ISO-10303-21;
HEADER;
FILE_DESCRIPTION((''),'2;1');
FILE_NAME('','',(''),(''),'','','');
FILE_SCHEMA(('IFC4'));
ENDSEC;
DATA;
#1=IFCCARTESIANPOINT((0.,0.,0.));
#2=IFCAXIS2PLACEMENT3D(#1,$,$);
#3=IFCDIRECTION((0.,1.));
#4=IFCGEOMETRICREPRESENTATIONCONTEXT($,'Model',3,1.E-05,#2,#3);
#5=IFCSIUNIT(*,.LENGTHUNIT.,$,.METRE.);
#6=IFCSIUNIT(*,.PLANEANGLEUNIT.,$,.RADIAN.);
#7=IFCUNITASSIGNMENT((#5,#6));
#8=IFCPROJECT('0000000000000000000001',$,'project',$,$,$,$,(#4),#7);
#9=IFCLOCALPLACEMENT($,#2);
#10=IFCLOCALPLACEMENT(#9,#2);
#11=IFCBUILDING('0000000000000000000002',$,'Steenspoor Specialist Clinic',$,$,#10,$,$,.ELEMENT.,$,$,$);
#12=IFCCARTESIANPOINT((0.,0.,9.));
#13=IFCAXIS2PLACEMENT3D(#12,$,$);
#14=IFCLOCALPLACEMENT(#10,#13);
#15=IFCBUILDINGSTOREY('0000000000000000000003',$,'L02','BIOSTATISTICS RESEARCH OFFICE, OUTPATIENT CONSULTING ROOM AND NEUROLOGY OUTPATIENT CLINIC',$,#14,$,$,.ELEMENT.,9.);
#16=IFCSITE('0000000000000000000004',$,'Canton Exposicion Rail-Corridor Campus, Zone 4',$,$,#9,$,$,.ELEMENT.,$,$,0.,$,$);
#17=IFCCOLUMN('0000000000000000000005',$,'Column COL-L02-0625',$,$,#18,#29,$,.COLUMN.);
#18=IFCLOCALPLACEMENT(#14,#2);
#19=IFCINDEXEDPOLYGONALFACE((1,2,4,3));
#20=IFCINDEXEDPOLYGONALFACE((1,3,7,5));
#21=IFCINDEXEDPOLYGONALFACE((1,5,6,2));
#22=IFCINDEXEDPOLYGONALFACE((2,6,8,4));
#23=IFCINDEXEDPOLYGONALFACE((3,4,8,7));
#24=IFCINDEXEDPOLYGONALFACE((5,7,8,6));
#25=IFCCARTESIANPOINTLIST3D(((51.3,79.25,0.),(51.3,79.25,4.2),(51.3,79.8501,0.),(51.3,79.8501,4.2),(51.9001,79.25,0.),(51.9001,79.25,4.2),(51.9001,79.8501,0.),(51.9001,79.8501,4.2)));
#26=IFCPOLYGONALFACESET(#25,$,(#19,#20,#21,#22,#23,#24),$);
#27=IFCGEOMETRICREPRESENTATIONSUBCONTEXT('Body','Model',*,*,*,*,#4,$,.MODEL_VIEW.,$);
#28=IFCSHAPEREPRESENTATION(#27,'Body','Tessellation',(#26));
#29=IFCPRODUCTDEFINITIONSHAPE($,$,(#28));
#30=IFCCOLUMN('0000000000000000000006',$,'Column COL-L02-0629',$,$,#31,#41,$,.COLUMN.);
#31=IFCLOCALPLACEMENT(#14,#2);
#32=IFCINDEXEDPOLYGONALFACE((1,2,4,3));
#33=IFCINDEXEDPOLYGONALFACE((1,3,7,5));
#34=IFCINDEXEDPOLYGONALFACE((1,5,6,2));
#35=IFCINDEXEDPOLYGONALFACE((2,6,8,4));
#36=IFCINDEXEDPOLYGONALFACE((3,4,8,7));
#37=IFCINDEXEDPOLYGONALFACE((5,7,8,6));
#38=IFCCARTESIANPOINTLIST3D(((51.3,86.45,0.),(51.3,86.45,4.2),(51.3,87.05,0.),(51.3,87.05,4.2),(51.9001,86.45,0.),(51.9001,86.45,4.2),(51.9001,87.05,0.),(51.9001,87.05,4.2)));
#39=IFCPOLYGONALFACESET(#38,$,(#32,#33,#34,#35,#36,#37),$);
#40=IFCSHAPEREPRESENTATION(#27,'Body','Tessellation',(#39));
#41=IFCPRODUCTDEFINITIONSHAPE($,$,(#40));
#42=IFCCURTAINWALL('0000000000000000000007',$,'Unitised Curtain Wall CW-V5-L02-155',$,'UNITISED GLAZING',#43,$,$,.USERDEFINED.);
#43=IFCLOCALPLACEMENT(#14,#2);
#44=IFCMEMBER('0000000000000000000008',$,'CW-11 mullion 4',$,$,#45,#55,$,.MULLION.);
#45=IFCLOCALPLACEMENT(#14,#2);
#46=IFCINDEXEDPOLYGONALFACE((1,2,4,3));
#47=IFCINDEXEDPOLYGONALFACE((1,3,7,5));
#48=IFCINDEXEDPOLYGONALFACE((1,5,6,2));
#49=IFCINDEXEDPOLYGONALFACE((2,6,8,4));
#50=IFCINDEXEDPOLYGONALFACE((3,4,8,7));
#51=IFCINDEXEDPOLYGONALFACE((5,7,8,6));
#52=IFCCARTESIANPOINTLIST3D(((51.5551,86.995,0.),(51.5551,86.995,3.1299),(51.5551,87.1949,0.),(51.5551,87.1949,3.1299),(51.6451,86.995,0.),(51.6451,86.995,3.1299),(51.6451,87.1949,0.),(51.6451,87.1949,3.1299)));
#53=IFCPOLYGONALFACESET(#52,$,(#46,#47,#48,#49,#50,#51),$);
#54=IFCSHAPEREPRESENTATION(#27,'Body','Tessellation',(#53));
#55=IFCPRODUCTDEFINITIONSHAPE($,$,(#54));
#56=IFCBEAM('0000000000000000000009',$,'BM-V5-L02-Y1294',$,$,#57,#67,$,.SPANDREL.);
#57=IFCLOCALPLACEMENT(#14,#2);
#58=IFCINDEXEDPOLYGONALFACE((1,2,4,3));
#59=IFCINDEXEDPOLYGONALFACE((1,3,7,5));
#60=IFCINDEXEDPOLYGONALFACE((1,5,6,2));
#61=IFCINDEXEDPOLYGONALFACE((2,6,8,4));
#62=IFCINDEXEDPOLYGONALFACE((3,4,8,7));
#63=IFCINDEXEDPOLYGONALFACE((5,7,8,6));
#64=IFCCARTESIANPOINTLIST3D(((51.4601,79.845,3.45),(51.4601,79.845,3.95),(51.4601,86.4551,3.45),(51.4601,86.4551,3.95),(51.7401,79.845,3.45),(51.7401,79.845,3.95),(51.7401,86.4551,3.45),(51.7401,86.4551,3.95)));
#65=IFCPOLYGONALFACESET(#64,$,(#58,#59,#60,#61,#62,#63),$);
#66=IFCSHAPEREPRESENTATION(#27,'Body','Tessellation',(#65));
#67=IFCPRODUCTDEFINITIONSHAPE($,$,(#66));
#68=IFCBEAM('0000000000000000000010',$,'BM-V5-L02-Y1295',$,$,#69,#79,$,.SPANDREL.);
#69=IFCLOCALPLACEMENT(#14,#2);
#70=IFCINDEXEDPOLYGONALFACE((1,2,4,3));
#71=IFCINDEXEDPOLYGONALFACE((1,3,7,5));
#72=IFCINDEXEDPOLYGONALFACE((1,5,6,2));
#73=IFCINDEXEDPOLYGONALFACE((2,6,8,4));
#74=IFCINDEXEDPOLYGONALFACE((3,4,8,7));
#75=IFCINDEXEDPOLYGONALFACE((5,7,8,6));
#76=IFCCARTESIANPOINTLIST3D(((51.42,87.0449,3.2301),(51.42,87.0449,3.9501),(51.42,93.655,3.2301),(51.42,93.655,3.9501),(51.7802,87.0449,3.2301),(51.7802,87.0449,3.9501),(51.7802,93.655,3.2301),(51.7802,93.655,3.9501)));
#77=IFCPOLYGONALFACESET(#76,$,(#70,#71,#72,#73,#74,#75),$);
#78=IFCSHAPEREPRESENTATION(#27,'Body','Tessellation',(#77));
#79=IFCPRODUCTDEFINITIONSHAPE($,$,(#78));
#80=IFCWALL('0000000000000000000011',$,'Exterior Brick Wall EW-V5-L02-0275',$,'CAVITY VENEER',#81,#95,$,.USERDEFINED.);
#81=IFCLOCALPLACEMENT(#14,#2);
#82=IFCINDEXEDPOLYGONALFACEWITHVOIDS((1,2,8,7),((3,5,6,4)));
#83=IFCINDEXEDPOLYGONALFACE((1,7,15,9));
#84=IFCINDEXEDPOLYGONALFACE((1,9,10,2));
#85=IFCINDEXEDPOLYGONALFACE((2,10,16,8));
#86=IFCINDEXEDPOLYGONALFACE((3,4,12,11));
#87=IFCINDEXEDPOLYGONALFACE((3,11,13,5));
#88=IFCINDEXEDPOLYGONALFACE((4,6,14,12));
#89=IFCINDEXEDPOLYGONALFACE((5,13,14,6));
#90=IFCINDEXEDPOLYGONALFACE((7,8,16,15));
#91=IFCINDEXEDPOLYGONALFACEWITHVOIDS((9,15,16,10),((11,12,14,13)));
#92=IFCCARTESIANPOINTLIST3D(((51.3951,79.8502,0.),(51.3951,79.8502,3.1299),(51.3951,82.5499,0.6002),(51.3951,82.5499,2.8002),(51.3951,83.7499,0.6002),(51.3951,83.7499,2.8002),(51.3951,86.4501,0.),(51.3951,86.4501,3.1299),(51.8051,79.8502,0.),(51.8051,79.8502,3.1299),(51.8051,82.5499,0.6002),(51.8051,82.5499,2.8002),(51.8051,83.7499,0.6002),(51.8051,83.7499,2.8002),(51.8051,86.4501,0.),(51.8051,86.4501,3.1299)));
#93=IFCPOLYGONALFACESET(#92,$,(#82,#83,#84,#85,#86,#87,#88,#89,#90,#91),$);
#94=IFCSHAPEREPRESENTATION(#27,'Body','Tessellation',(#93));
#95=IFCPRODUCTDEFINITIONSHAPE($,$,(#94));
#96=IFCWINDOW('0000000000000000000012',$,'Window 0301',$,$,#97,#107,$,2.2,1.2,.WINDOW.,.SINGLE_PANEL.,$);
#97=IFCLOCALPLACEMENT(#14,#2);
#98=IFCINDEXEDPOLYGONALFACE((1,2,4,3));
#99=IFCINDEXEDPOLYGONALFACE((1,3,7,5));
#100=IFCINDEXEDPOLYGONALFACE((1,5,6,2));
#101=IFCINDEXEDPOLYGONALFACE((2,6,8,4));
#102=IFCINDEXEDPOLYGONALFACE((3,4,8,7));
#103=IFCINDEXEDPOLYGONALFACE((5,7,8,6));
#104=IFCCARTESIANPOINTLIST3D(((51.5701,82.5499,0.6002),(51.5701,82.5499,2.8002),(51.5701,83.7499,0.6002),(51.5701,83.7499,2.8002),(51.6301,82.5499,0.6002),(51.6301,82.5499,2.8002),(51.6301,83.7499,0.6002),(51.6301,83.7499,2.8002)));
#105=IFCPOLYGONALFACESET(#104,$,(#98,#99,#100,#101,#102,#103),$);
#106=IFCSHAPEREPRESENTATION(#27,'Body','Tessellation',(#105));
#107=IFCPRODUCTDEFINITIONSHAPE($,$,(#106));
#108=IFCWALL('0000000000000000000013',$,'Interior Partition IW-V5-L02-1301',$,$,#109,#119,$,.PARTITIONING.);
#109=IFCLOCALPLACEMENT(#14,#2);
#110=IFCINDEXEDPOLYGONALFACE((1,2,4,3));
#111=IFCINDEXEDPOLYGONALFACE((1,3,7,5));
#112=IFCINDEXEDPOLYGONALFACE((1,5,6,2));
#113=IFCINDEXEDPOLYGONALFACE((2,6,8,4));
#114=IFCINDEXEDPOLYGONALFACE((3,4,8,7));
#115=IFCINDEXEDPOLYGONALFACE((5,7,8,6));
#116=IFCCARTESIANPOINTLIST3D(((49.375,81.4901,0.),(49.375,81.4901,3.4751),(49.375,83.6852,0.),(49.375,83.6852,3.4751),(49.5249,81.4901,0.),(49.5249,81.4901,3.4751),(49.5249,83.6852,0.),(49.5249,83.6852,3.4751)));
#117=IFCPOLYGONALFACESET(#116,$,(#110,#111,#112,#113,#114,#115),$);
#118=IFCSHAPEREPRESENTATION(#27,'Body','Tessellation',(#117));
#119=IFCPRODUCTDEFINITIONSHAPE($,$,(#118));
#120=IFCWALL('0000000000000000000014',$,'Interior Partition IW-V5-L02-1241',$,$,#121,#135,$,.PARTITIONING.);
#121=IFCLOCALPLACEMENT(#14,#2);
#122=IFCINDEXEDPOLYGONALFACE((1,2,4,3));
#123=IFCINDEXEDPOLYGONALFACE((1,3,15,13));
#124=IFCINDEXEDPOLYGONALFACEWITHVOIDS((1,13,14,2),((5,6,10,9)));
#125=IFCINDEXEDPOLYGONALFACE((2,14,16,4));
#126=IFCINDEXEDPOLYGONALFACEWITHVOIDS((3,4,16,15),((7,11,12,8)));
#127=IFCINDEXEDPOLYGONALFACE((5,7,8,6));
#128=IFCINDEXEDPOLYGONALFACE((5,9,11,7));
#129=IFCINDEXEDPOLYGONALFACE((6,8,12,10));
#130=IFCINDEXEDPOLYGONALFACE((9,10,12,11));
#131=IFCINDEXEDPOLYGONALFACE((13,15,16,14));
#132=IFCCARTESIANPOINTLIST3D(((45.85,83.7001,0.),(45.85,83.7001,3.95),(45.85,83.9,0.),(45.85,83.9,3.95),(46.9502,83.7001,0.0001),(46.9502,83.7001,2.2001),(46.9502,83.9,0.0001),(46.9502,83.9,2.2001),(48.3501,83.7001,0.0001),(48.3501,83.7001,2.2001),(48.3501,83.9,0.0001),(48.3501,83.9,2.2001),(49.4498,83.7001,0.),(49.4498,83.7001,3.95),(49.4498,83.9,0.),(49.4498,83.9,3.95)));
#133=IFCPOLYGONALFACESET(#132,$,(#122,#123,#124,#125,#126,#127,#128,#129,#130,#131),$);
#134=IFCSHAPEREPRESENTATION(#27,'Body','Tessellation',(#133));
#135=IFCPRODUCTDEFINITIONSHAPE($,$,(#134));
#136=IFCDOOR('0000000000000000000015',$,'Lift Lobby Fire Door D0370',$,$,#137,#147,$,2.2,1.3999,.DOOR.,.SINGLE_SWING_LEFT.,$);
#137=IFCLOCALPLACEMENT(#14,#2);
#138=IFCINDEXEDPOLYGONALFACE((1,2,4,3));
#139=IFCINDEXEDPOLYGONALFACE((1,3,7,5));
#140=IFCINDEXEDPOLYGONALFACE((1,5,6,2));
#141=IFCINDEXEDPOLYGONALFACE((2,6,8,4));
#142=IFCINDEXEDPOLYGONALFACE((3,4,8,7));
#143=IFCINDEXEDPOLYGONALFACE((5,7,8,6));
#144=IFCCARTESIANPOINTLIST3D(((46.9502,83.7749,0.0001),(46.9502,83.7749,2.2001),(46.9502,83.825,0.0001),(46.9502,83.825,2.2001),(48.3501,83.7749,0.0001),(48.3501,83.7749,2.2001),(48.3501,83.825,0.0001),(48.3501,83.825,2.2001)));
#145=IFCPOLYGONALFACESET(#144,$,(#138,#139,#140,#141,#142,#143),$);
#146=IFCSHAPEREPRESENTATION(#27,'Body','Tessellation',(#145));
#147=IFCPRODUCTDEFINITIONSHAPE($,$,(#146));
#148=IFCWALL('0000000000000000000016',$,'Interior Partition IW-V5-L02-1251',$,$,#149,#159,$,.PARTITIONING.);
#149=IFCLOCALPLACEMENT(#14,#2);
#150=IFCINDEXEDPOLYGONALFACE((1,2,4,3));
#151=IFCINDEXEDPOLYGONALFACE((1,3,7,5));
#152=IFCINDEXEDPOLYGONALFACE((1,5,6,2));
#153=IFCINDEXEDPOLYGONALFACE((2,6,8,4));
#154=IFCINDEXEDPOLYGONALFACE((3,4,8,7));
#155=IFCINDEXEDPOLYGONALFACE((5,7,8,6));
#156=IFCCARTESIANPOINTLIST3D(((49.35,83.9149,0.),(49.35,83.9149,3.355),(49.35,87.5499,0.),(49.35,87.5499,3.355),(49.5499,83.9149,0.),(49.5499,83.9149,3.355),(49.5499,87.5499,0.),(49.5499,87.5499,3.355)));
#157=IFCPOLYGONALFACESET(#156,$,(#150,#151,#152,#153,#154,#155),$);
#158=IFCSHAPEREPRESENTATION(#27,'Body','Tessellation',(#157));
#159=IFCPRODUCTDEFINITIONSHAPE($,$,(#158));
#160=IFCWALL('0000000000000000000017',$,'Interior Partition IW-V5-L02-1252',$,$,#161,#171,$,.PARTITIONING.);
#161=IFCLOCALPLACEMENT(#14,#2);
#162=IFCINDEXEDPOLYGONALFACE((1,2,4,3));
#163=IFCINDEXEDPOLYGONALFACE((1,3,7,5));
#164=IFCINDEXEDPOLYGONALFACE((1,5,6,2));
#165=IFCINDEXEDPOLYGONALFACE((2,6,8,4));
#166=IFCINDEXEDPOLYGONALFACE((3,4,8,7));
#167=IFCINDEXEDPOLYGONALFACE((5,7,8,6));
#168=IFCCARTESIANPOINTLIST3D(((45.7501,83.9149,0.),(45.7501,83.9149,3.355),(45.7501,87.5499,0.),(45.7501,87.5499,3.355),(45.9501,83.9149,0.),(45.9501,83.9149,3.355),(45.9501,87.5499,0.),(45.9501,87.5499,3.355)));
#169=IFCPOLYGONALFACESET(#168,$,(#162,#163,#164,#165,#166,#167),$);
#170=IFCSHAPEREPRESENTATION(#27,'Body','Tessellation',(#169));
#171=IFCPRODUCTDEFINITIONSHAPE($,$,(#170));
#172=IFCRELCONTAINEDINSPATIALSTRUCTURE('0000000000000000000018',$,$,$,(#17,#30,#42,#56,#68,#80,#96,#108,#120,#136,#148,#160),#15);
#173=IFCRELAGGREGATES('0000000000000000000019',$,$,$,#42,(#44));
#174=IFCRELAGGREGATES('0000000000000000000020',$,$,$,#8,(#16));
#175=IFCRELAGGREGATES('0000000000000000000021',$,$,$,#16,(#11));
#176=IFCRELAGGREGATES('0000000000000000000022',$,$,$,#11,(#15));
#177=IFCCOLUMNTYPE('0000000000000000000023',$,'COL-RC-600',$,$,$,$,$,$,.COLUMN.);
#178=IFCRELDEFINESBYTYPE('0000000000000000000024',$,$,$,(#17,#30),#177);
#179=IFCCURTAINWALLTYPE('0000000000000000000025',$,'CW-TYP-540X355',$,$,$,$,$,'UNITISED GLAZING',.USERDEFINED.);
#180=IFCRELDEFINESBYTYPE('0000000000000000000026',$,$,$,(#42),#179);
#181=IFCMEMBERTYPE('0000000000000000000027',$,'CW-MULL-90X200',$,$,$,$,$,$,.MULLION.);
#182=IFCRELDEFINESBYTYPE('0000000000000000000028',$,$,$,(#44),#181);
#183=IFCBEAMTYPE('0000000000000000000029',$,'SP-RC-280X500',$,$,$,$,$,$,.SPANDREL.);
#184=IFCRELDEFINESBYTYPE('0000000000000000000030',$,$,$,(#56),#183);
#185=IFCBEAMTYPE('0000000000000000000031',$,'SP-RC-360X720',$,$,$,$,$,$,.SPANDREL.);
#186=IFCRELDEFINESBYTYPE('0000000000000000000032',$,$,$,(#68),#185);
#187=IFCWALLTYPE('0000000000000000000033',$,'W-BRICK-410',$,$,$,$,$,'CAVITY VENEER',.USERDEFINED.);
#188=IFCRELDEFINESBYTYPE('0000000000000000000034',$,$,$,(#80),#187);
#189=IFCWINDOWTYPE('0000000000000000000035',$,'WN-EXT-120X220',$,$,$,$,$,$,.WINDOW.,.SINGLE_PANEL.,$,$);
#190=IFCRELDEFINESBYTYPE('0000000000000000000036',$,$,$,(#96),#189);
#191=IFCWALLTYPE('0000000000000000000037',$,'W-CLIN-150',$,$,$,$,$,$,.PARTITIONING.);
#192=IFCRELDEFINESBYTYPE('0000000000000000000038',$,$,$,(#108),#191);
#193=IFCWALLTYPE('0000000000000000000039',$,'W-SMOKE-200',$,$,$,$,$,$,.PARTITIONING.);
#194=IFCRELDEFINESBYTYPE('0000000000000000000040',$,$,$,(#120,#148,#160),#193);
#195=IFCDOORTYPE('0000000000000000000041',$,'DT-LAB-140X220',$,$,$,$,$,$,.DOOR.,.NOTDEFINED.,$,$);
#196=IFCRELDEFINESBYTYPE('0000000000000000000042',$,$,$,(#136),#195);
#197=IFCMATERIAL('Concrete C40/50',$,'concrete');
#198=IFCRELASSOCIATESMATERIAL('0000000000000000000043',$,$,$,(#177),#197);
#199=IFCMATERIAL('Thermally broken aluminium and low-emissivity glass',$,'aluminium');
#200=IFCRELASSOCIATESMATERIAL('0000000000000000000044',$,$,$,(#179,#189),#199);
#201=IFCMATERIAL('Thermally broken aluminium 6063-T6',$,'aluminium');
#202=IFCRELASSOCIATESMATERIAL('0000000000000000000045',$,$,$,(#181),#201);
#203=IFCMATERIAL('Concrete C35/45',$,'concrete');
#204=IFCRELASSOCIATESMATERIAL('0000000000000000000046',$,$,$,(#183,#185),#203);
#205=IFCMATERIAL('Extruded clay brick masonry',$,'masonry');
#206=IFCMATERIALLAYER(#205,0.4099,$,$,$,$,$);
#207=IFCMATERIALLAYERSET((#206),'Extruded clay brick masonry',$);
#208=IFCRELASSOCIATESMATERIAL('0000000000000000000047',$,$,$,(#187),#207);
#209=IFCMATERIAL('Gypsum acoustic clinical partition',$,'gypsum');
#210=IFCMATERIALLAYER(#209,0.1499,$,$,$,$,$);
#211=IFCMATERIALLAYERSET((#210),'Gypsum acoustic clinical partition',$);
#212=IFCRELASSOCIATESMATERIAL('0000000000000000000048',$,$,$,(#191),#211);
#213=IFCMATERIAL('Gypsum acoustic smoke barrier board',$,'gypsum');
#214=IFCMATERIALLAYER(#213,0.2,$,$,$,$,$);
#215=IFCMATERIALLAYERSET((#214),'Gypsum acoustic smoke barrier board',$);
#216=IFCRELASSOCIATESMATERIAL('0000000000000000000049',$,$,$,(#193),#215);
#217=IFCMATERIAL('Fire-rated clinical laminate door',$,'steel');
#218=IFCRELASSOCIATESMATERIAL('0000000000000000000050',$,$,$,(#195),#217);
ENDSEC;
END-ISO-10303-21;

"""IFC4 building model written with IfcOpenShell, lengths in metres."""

from ifc_helpers import new_model, si_unit, direction, frame, frame_2d, origin, origin_2d, place, context, subcontext, project, spatial, rectangle, extrude, material, layer, layer_set, material_profile, profile_set, type_object, element, fill, aggregate, save


model = new_model("IFC4")

# Units and contexts
model_context = context("Model", 3, precision=1e-05, world=origin(), true_north=direction((0.0, 1.0)))
body_context = subcontext(model_context, "Body", "Model", "MODEL_VIEW")
ifc_project = project(units=[si_unit("LENGTHUNIT", "METRE"), si_unit("PLANEANGLEUNIT", "RADIAN")], contexts=[model_context])

# Site, building, storey
site_placement = place(None, origin())
site = spatial("IfcSite", under=ifc_project, at=site_placement, Name="Canton Exposicion Rail-Corridor Campus, Zone 4", CompositionType="ELEMENT", RefElevation=0.0)
building_placement = place(site_placement, origin())
building = spatial("IfcBuilding", under=site, at=building_placement, Name="Steenspoor Specialist Clinic", CompositionType="ELEMENT")
storey_placement = place(building_placement, frame((0.0, 0.0, 9.0)))
storey = spatial("IfcBuildingStorey", under=building, at=storey_placement, Name="L02", Description="BIOSTATISTICS RESEARCH OFFICE, OUTPATIENT CONSULTING ROOM AND NEUROLOGY OUTPATIENT CLINIC", CompositionType="ELEMENT", Elevation=9.0)

# Columns
ifc_material_1 = material(Name="Concrete C40/50", Category="concrete")
ifc_material_profile_1 = material_profile(ifc_material_1, rectangle(XDim=0.6001, YDim=0.6001, at=origin_2d()), Name="RC-COL-600X600")
ifc_profile_set_1 = profile_set([ifc_material_profile_1], Name="Concrete C40/50")
column_type = type_object("IfcColumnType", Name="COL-RC-600", PredefinedType="COLUMN", material=ifc_profile_set_1)
for number, where, z_axis, x_axis, name in (
    (1, (51.6001, 79.55, 0.0), (0.0, 0.0, 1.0), (1.0, 0.0, 0.0), "Column COL-L02-0625"),
    (2, (51.6001, 86.75, 0.0), (0.0, 0.0, 1.0), (1.0, 0.0, 0.0), "Column COL-L02-0629"),
):
    element("IfcColumn", number, at=place(storey_placement, frame(where, z_axis=z_axis, x_axis=x_axis)), inside=storey, type_object=column_type, Name=name, PredefinedType="COLUMN", context=body_context, shape_type="SweptSolid", body=[
        extrude(rectangle(XDim=0.6001, YDim=0.6001, at=origin_2d()), origin(), (0.0, 0.0, 1.0), 4.2),
    ])

# Curtain wall, member
ifc_material_2 = material(Name="Thermally broken aluminium and low-emissivity glass", Category="aluminium")
curtain_wall_type = type_object("IfcCurtainWallType", Name="CW-TYP-540X355", ElementType="UNITISED GLAZING", PredefinedType="USERDEFINED", material=ifc_material_2)
curtain_wall_placement = place(storey_placement, origin())
curtain_wall = element("IfcCurtainWall", 3, at=curtain_wall_placement, inside=storey, type_object=curtain_wall_type, Name="Unitised Curtain Wall CW-V5-L02-155", ObjectType="UNITISED GLAZING", PredefinedType="USERDEFINED")
ifc_material_3 = material(Name="Thermally broken aluminium 6063-T6", Category="aluminium")
ifc_material_profile_2 = material_profile(ifc_material_3, rectangle(XDim=0.0901, YDim=0.2, at=origin_2d()), Name="CWM-90X200")
ifc_profile_set_2 = profile_set([ifc_material_profile_2], Name="Thermally broken aluminium 6063-T6")
member_type = type_object("IfcMemberType", Name="CW-MULL-90X200", PredefinedType="MULLION", material=ifc_profile_set_2)
member_placement = place(storey_placement, frame((51.6001, 87.095, 0.0), z_axis=(0.0, 0.0, 1.0), x_axis=(1.0, 0.0, 0.0)))
member = element("IfcMember", 4, at=member_placement, type_object=member_type, Name="CW-11 mullion 4", PredefinedType="MULLION", context=body_context, shape_type="SweptSolid", body=[
    extrude(rectangle(XDim=0.0901, YDim=0.2, at=origin_2d()), origin(), (0.0, 0.0, 1.0), 3.1299),
])
aggregate(curtain_wall, [member])

# Beams
ifc_material_4 = material(Name="Concrete C35/45", Category="concrete")
ifc_material_profile_3 = material_profile(ifc_material_4, rectangle(XDim=0.28, YDim=0.5, at=origin_2d()), Name="RC-SP-280X500")
ifc_profile_set_3 = profile_set([ifc_material_profile_3], Name="Concrete C35/45")
beam_type_1 = type_object("IfcBeamType", Name="SP-RC-280X500", PredefinedType="SPANDREL", material=ifc_profile_set_3)
beam_1_placement = place(storey_placement, frame((51.6001, 79.845, 3.7), z_axis=(0.0, 1.0, 0.0), x_axis=(-1.0, 0.0, 0.0)))
element("IfcBeam", 5, at=beam_1_placement, inside=storey, type_object=beam_type_1, Name="BM-V5-L02-Y1294", PredefinedType="SPANDREL", context=body_context, shape_type="SweptSolid", body=[
    extrude(rectangle(XDim=0.28, YDim=0.5, at=origin_2d()), origin(), (0.0, 0.0, 1.0), 6.6101),
])
ifc_material_profile_4 = material_profile(ifc_material_4, rectangle(XDim=0.3601, YDim=0.72, at=origin_2d()), Name="RC-SP-360X720")
ifc_profile_set_4 = profile_set([ifc_material_profile_4], Name="Concrete C35/45")
beam_type_2 = type_object("IfcBeamType", Name="SP-RC-360X720", PredefinedType="SPANDREL", material=ifc_profile_set_4)
beam_2_placement = place(storey_placement, frame((51.6001, 87.0449, 3.5901), z_axis=(0.0, 1.0, 0.0), x_axis=(-1.0, 0.0, 0.0)))
element("IfcBeam", 6, at=beam_2_placement, inside=storey, type_object=beam_type_2, Name="BM-V5-L02-Y1295", PredefinedType="SPANDREL", context=body_context, shape_type="SweptSolid", body=[
    extrude(rectangle(XDim=0.3601, YDim=0.72, at=origin_2d()), origin(), (0.0, 0.0, 1.0), 6.6101),
])

# Wall, opening, window
ifc_material_5 = material(Name="Extruded clay brick masonry", Category="masonry")
ifc_layer_1 = layer(ifc_material_5, 0.4099)
ifc_layer_set_1 = layer_set([ifc_layer_1], Name="Extruded clay brick masonry")
wall_type_1 = type_object("IfcWallType", Name="W-BRICK-410", ElementType="CAVITY VENEER", PredefinedType="USERDEFINED", material=ifc_layer_set_1)
wall_1_placement = place(storey_placement, frame((51.6001, 86.45, 0.0), z_axis=(0.0, 0.0, 1.0), x_axis=(0.0, -1.0, 0.0)))
wall_1 = element("IfcWall", 7, at=wall_1_placement, inside=storey, type_object=wall_type_1, Name="Exterior Brick Wall EW-V5-L02-0275", ObjectType="CAVITY VENEER", PredefinedType="USERDEFINED", context=body_context, shape_type="SweptSolid", body=[
    extrude(rectangle(XDim=6.5999, YDim=0.4099, at=frame_2d((3.2998, 0.0))), origin(), (0.0, 0.0, 1.0), 3.1299),
])
opening_1_placement = place(wall_1_placement, frame((2.7, 0.0, 0.6001)))
opening_1 = element("IfcOpeningElement", 8, at=opening_1_placement, cuts=wall_1, PredefinedType="OPENING", context=body_context, shape_type="SweptSolid", body=[
    extrude(rectangle(XDim=1.2, YDim=2.2, at=frame_2d((0.6001, 1.1001))), frame((0.0, 0.2148, 0.0), z_axis=(0.0, -1.0, 0.0), x_axis=(1.0, 0.0, 0.0)), (0.0, 0.0, 1.0), 0.4299),
])
window_type = type_object("IfcWindowType", Name="WN-EXT-120X220", PartitioningType="SINGLE_PANEL", PredefinedType="WINDOW", material=ifc_material_2)
window_placement = place(opening_1_placement, origin())
window = element("IfcWindow", 9, at=window_placement, inside=storey, type_object=window_type, Name="Window 0301", OverallHeight=2.2, OverallWidth=1.2, PartitioningType="SINGLE_PANEL", PredefinedType="WINDOW", context=body_context, shape_type="SweptSolid", body=[
    extrude(rectangle(XDim=1.2, YDim=2.2, at=frame_2d((0.6001, 1.1001))), frame((0.0, 0.03, 0.0), z_axis=(0.0, -1.0, 0.0), x_axis=(1.0, 0.0, 0.0)), (0.0, 0.0, 1.0), 0.0601),
])
fill(opening_1, window)

# Wall
ifc_material_6 = material(Name="Gypsum acoustic clinical partition", Category="gypsum")
ifc_layer_2 = layer(ifc_material_6, 0.1499)
ifc_layer_set_2 = layer_set([ifc_layer_2], Name="Gypsum acoustic clinical partition")
wall_type_2 = type_object("IfcWallType", Name="W-CLIN-150", PredefinedType="PARTITIONING", material=ifc_layer_set_2)
wall_2_placement = place(storey_placement, frame((49.45, 81.49, 0.0), z_axis=(0.0, 0.0, 1.0), x_axis=(0.0, 1.0, 0.0)))
element("IfcWall", 10, at=wall_2_placement, inside=storey, type_object=wall_type_2, Name="Interior Partition IW-V5-L02-1301", PredefinedType="PARTITIONING", context=body_context, shape_type="SweptSolid", body=[
    extrude(rectangle(XDim=2.1951, YDim=0.1499, at=frame_2d((1.0977, 0.0))), origin(), (0.0, 0.0, 1.0), 3.4751),
])

# Wall, opening, door
ifc_material_7 = material(Name="Gypsum acoustic smoke barrier board", Category="gypsum")
ifc_layer_3 = layer(ifc_material_7, 0.2)
ifc_layer_set_3 = layer_set([ifc_layer_3], Name="Gypsum acoustic smoke barrier board")
wall_type_3 = type_object("IfcWallType", Name="W-SMOKE-200", PredefinedType="PARTITIONING", material=ifc_layer_set_3)
wall_3_placement = place(storey_placement, frame((45.8501, 83.8, 0.0), z_axis=(0.0, 0.0, 1.0), x_axis=(1.0, 0.0, 0.0)))
wall_3 = element("IfcWall", 11, at=wall_3_placement, inside=storey, type_object=wall_type_3, Name="Interior Partition IW-V5-L02-1241", PredefinedType="PARTITIONING", context=body_context, shape_type="SweptSolid", body=[
    extrude(rectangle(XDim=3.5999, YDim=0.2, at=frame_2d((1.7998, 0.0))), origin(), (0.0, 0.0, 1.0), 3.95),
])
opening_2_placement = place(wall_3_placement, frame((1.1001, 0.0, 0.0)))
opening_2 = element("IfcOpeningElement", 12, at=opening_2_placement, cuts=wall_3, PredefinedType="OPENING", context=body_context, shape_type="SweptSolid", body=[
    extrude(rectangle(XDim=1.3999, YDim=2.2, at=frame_2d((0.7, 1.1001))), frame((0.0, 0.1099, 0.0), z_axis=(0.0, -1.0, 0.0), x_axis=(1.0, 0.0, 0.0)), (0.0, 0.0, 1.0), 0.22),
])
ifc_material_8 = material(Name="Fire-rated clinical laminate door", Category="steel")
door_type_1 = type_object("IfcDoorType", Name="DT-LAB-140X220", OperationType="NOTDEFINED", PredefinedType="DOOR", material=ifc_material_8)
door_1_placement = place(opening_2_placement, origin())
door_1 = element("IfcDoor", 13, at=door_1_placement, inside=storey, type_object=door_type_1, Name="Lift Lobby Fire Door D0370", OperationType="SINGLE_SWING_LEFT", OverallHeight=2.2, OverallWidth=1.3999, PredefinedType="DOOR", context=body_context, shape_type="SweptSolid", body=[
    extrude(rectangle(XDim=1.3999, YDim=2.2, at=frame_2d((0.7, 1.1001))), frame((0.0, 0.0249, 0.0), z_axis=(0.0, -1.0, 0.0), x_axis=(1.0, 0.0, 0.0)), (0.0, 0.0, 1.0), 0.05),
])
fill(opening_2, door_1)

# Walls
for number, where, z_axis, x_axis, name in (
    (14, (49.45, 83.915, 0.0), (0.0, 0.0, 1.0), (0.0, 1.0, 0.0), "Interior Partition IW-V5-L02-1251"),
    (15, (45.8501, 83.915, 0.0), (0.0, 0.0, 1.0), (0.0, 1.0, 0.0), "Interior Partition IW-V5-L02-1252"),
):
    element("IfcWall", number, at=place(storey_placement, frame(where, z_axis=z_axis, x_axis=x_axis)), inside=storey, type_object=wall_type_3, Name=name, PredefinedType="PARTITIONING", context=body_context, shape_type="SweptSolid", body=[
        extrude(rectangle(XDim=3.635, YDim=0.2, at=frame_2d((1.8174, 0.0))), origin(), (0.0, 0.0, 1.0), 3.355),
    ])

save(model, "model.ifc")
